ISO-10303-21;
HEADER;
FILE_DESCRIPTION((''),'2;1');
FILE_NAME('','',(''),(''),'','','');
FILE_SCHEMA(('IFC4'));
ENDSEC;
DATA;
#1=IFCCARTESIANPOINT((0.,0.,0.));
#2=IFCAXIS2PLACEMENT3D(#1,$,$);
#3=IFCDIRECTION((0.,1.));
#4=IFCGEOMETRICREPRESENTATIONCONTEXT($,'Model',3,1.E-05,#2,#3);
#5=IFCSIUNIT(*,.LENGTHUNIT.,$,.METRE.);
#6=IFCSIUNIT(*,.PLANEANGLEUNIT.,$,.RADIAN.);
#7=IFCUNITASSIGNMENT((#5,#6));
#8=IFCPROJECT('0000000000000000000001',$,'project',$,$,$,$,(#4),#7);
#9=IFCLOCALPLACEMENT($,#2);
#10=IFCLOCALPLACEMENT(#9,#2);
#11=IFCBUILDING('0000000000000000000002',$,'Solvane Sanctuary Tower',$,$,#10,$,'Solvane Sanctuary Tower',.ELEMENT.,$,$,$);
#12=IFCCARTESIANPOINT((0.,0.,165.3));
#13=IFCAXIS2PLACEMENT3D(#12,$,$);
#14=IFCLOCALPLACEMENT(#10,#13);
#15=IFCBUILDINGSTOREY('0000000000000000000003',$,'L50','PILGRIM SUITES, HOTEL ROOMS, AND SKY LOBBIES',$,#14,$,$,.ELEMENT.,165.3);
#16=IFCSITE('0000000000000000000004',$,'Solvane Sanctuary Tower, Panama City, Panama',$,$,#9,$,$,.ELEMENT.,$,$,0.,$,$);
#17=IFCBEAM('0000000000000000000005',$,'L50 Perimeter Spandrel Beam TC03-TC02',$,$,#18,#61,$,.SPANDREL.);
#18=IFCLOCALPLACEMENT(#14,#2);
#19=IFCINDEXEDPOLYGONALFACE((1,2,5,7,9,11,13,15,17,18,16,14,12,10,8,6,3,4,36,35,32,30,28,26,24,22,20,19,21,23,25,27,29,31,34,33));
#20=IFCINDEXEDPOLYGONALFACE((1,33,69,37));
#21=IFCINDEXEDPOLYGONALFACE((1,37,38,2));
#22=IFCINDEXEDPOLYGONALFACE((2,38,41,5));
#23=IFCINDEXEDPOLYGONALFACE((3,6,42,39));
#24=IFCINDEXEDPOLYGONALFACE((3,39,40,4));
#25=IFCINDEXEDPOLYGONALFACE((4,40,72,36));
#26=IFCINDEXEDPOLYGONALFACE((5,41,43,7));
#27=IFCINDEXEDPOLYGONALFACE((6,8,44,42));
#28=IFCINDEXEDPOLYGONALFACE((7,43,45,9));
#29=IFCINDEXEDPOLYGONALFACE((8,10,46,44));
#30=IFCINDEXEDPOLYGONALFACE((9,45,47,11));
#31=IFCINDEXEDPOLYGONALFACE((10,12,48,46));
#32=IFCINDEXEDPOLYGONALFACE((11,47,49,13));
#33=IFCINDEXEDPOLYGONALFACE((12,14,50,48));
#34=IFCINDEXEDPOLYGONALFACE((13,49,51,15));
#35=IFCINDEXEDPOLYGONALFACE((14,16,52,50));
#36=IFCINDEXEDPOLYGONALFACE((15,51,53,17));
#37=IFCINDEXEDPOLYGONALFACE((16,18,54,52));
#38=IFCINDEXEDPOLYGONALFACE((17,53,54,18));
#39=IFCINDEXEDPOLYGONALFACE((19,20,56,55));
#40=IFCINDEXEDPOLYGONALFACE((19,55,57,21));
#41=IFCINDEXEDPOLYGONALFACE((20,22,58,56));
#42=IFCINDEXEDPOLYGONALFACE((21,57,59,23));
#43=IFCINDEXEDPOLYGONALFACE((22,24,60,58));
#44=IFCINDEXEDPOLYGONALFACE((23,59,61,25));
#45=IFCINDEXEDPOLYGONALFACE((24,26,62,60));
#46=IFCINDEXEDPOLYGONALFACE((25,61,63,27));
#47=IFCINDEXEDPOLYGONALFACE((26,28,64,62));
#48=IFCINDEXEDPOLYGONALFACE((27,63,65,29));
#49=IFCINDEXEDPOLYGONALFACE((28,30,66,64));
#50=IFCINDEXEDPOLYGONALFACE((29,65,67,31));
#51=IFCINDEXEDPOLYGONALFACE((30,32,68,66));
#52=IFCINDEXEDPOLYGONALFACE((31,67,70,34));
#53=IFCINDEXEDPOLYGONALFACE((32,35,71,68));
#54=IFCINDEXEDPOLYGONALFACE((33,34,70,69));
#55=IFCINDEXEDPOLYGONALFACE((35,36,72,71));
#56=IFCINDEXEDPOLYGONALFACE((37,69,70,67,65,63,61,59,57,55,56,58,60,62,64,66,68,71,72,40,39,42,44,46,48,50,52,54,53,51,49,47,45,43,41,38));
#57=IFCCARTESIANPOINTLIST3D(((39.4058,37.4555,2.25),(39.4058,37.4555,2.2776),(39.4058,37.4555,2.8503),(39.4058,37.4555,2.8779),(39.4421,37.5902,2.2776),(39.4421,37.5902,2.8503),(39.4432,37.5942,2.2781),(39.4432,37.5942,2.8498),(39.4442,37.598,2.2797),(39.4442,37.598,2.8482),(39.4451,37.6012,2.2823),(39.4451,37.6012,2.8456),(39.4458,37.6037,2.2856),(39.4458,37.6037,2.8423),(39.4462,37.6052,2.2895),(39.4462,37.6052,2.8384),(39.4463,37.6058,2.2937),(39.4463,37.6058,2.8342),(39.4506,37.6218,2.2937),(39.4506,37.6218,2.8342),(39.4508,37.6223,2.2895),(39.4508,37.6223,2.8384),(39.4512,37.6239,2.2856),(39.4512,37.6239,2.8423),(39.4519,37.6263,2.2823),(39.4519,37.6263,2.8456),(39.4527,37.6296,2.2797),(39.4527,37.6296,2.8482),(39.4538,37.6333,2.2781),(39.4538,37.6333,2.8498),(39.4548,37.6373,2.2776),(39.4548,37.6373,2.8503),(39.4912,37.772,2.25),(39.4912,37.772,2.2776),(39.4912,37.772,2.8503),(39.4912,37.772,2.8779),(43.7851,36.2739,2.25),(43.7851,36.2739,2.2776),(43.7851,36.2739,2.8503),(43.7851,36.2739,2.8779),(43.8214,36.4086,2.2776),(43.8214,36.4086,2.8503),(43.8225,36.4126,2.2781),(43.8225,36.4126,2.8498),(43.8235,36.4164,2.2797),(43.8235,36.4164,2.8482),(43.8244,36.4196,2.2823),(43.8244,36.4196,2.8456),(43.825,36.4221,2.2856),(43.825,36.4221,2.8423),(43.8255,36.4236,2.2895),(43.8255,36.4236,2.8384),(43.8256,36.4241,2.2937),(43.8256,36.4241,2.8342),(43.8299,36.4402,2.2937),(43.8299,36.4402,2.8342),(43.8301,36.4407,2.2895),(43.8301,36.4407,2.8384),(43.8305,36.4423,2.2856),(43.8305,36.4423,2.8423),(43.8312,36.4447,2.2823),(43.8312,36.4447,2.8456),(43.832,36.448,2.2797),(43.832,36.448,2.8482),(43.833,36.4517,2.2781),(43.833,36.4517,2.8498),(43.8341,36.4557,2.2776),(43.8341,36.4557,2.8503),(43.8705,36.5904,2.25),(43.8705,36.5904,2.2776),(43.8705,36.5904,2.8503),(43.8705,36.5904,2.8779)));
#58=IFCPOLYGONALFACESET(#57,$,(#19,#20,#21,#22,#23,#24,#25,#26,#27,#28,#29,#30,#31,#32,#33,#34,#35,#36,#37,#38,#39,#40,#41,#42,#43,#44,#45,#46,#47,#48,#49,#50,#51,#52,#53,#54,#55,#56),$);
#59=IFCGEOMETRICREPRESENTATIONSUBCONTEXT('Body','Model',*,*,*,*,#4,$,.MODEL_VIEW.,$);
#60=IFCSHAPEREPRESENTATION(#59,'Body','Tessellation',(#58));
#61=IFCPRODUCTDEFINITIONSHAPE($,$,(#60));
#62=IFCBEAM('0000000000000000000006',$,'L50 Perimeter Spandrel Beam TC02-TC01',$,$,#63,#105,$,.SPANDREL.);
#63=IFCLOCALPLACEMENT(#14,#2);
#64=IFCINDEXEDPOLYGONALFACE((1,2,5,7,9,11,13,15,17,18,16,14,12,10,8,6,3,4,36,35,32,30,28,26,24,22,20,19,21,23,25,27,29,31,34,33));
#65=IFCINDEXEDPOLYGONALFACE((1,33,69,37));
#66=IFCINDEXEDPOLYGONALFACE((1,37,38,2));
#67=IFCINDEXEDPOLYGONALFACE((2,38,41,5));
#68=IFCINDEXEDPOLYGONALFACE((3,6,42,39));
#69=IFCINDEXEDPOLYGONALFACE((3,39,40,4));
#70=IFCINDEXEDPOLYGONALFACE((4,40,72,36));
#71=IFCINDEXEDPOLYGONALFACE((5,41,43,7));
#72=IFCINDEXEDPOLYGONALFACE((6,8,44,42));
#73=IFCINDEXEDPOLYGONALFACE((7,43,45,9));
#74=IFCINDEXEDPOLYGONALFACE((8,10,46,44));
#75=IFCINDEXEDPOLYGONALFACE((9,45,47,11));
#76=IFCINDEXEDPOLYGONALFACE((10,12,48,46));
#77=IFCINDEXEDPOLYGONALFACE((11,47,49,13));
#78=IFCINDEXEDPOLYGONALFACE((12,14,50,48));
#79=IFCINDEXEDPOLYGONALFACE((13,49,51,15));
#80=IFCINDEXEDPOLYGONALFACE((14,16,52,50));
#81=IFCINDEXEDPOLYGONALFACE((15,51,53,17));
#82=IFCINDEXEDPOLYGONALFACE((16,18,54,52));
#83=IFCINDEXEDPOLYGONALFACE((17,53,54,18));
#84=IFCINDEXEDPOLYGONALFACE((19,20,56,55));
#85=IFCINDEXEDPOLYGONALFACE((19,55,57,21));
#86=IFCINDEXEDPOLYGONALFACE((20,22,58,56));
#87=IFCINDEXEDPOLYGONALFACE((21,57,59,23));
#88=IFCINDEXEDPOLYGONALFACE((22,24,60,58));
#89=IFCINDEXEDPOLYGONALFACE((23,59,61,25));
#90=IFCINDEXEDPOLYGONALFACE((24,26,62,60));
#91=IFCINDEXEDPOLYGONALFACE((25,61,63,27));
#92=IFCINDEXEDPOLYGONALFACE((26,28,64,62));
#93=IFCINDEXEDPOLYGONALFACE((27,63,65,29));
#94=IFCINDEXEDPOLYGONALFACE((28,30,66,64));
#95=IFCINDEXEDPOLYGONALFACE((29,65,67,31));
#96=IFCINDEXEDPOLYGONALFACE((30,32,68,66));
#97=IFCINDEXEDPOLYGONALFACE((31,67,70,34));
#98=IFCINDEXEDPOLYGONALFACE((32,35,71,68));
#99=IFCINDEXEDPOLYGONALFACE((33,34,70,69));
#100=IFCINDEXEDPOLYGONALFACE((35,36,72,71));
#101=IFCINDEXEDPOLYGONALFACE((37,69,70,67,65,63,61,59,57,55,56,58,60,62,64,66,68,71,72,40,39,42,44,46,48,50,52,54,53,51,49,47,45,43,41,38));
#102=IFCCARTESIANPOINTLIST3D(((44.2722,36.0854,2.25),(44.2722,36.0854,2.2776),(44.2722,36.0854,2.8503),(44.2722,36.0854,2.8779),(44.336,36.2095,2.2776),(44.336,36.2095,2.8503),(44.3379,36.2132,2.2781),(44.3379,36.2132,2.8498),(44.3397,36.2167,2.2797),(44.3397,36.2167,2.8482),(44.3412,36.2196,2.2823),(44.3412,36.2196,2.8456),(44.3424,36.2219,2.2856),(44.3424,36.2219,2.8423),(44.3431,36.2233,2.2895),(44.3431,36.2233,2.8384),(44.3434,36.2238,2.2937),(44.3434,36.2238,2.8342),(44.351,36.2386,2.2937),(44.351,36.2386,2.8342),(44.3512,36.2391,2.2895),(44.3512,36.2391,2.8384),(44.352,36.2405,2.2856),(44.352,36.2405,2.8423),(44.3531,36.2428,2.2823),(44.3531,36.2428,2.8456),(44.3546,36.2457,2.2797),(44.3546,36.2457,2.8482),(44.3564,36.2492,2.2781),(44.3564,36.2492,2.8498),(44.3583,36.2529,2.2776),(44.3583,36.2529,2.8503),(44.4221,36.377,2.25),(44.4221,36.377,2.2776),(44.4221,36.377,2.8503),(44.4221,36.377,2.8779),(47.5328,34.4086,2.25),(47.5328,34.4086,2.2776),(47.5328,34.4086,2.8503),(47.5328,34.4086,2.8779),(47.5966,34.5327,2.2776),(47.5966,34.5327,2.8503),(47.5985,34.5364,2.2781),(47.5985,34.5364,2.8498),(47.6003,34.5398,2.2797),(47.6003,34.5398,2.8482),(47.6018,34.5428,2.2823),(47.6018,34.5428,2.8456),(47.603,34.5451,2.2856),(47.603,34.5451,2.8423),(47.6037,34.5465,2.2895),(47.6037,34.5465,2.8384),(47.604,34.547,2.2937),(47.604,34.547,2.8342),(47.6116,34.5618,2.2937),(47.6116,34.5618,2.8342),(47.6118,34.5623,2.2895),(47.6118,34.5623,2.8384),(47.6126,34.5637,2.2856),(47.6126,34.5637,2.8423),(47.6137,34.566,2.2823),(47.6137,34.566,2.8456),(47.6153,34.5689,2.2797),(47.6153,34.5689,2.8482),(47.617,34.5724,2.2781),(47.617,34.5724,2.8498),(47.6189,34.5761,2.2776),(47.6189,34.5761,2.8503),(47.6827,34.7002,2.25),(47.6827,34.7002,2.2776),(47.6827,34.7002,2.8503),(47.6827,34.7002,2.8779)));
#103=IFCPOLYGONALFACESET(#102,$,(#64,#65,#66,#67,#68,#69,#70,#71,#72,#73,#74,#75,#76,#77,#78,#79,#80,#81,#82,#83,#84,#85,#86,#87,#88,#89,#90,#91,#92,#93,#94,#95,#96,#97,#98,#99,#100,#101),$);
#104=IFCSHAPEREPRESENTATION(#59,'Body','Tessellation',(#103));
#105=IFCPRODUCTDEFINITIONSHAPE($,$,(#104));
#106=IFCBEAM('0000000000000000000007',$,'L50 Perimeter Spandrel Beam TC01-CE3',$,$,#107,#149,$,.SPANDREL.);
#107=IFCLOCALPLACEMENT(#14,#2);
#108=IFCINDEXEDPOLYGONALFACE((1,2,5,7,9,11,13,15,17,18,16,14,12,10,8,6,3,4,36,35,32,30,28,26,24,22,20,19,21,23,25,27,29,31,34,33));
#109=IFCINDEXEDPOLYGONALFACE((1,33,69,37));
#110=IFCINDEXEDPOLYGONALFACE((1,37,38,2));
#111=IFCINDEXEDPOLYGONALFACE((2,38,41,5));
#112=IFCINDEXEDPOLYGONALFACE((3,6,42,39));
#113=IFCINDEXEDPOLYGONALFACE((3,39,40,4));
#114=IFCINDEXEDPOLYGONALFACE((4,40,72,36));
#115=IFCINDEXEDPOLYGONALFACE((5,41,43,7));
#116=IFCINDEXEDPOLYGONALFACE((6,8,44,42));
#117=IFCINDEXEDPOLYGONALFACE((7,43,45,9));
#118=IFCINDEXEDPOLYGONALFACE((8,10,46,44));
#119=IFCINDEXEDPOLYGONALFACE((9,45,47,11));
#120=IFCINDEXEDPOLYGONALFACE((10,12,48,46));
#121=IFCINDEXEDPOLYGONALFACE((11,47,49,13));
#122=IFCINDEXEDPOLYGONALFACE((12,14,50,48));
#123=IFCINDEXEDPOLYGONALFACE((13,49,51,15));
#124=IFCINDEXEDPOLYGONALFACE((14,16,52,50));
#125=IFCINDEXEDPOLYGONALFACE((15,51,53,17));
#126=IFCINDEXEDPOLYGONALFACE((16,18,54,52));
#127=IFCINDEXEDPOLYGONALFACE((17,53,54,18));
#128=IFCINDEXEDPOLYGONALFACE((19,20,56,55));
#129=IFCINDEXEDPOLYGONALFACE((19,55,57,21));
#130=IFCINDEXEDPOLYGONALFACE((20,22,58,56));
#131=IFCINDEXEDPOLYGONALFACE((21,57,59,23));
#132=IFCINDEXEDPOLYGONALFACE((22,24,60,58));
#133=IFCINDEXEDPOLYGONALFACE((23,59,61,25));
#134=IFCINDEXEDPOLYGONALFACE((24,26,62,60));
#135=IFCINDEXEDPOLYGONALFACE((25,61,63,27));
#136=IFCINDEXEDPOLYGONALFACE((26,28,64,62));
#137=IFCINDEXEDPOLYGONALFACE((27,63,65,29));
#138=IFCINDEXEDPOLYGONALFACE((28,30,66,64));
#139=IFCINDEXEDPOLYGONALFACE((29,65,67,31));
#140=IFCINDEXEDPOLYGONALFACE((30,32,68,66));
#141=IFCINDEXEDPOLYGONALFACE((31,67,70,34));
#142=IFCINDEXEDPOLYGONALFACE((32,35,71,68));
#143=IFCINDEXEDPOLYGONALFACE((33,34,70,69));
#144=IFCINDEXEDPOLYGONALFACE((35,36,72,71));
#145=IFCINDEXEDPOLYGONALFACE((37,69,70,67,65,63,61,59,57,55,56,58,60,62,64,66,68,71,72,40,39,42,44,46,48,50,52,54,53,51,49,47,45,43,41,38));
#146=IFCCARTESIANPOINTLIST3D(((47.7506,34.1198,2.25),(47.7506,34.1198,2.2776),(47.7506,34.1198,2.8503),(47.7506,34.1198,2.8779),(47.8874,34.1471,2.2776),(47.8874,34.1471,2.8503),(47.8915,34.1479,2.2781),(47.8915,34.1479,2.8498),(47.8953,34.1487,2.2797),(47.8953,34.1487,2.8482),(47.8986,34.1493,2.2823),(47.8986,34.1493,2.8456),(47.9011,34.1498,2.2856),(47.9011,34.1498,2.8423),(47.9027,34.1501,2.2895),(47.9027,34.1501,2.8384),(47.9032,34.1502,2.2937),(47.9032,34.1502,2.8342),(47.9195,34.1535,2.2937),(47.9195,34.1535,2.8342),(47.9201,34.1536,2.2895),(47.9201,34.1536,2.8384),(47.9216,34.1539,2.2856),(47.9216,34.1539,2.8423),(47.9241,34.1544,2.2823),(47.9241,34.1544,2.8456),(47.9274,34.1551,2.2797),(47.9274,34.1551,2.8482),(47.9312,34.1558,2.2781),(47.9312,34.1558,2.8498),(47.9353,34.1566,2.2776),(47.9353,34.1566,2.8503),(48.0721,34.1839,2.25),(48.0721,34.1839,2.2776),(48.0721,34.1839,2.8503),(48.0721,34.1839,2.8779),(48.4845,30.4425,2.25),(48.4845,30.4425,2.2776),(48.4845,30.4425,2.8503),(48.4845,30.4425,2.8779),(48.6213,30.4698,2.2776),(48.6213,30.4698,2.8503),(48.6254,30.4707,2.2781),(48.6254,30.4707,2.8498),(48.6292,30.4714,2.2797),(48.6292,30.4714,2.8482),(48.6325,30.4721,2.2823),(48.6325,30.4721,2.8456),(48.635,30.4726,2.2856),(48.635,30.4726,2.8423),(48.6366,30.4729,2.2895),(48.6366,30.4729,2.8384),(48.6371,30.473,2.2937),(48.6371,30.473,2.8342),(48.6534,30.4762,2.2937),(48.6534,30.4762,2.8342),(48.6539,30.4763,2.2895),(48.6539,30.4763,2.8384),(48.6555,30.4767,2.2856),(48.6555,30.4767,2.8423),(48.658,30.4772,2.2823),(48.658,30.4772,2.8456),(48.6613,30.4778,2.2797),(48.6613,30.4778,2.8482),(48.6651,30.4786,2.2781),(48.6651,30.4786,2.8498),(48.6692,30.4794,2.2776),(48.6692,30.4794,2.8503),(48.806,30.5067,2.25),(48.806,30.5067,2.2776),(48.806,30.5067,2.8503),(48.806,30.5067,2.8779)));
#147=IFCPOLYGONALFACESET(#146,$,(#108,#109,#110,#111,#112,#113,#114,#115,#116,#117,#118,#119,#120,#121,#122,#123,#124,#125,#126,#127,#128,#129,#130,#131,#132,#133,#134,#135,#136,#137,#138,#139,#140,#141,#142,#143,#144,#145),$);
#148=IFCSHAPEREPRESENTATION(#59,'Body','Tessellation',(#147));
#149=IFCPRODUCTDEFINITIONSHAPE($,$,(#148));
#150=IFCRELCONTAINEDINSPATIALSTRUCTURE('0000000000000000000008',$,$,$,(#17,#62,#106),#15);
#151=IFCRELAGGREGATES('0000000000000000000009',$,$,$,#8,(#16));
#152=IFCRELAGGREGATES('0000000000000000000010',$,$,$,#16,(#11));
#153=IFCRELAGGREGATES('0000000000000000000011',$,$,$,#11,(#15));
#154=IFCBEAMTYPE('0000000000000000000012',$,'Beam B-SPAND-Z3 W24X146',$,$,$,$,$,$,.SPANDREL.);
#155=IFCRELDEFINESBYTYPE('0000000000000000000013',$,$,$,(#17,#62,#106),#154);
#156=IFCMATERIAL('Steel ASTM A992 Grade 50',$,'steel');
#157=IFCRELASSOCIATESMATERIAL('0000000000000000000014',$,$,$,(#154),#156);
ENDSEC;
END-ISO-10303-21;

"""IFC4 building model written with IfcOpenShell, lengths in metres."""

from ifc_helpers import new_model, si_unit, direction, frame, origin, origin_2d, place, context, subcontext, project, spatial, i_section, extrude, material, material_profile, profile_set, type_object, element, save


model = new_model("IFC4")

# Units and contexts
model_context = context("Model", 3, precision=1e-05, world=origin(), true_north=direction((0.0, 1.0)))
body_context = subcontext(model_context, "Body", "Model", "MODEL_VIEW")
ifc_project = project(units=[si_unit("LENGTHUNIT", "METRE"), si_unit("PLANEANGLEUNIT", "RADIAN")], contexts=[model_context])

# Site, building, storey
site_placement = place(None, origin())
site = spatial("IfcSite", under=ifc_project, at=site_placement, Name="Solvane Sanctuary Tower, Panama City, Panama", CompositionType="ELEMENT", RefElevation=0.0)
building_placement = place(site_placement, origin())
building = spatial("IfcBuilding", under=site, at=building_placement, Name="Solvane Sanctuary Tower", LongName="Solvane Sanctuary Tower", CompositionType="ELEMENT")
storey_placement = place(building_placement, frame((0.0, 0.0, 165.3)))
storey = spatial("IfcBuildingStorey", under=building, at=storey_placement, Name="L50", Description="PILGRIM SUITES, HOTEL ROOMS, AND SKY LOBBIES", CompositionType="ELEMENT", Elevation=165.3)

# Beams
ifc_material_1 = material(Name="Steel ASTM A992 Grade 50", Category="steel")
ifc_material_profile_1 = material_profile(ifc_material_1, i_section(OverallWidth=0.3279, OverallDepth=0.6279, WebThickness=0.0166, FlangeThickness=0.0276, FilletRadius=0.0161, at=origin_2d()), Name="W24X146")
ifc_profile_set_1 = profile_set([ifc_material_profile_1], Name="Steel ASTM A992 Grade 50")
beam_type_1 = type_object("IfcBeamType", Name="Beam B-SPAND-Z3 W24X146", PredefinedType="SPANDREL", material=ifc_profile_set_1)
beam_1_placement = place(storey_placement, frame((39.4485, 37.6138, 2.564), z_axis=(0.965473, -0.260502, 0.0), x_axis=(0.260502, 0.965473, 0.0)))
element("IfcBeam", 1, at=beam_1_placement, inside=storey, type_object=beam_type_1, Name="L50 Perimeter Spandrel Beam TC03-TC02", PredefinedType="SPANDREL", context=body_context, shape_type="SweptSolid", body=[
    extrude(i_section(OverallWidth=0.3279, OverallDepth=0.6279, WebThickness=0.0166, FlangeThickness=0.0276, FilletRadius=0.0161, at=origin_2d()), origin(), (0.0, 0.0, 1.0), 4.5359),
])
beam_2_placement = place(storey_placement, frame((44.3472, 36.2312, 2.564), z_axis=(0.889296, -0.457333, 0.0), x_axis=(0.457333, 0.889296, 0.0)))
element("IfcBeam", 2, at=beam_2_placement, inside=storey, type_object=beam_type_1, Name="L50 Perimeter Spandrel Beam TC02-TC01", PredefinedType="SPANDREL", context=body_context, shape_type="SweptSolid", body=[
    extrude(i_section(OverallWidth=0.3279, OverallDepth=0.6279, WebThickness=0.0166, FlangeThickness=0.0276, FilletRadius=0.0161, at=origin_2d()), origin(), (0.0, 0.0, 1.0), 3.6665),
])
beam_3_placement = place(storey_placement, frame((47.9114, 34.1519, 2.564), z_axis=(0.195715, -0.980661, 0.0), x_axis=(0.980661, 0.195715, 0.0)))
element("IfcBeam", 3, at=beam_3_placement, inside=storey, type_object=beam_type_1, Name="L50 Perimeter Spandrel Beam TC01-CE3", PredefinedType="SPANDREL", context=body_context, shape_type="SweptSolid", body=[
    extrude(i_section(OverallWidth=0.3279, OverallDepth=0.6279, WebThickness=0.0166, FlangeThickness=0.0276, FilletRadius=0.0161, at=origin_2d()), origin(), (0.0, 0.0, 1.0), 3.7498),
])

save(model, "model.ifc")
